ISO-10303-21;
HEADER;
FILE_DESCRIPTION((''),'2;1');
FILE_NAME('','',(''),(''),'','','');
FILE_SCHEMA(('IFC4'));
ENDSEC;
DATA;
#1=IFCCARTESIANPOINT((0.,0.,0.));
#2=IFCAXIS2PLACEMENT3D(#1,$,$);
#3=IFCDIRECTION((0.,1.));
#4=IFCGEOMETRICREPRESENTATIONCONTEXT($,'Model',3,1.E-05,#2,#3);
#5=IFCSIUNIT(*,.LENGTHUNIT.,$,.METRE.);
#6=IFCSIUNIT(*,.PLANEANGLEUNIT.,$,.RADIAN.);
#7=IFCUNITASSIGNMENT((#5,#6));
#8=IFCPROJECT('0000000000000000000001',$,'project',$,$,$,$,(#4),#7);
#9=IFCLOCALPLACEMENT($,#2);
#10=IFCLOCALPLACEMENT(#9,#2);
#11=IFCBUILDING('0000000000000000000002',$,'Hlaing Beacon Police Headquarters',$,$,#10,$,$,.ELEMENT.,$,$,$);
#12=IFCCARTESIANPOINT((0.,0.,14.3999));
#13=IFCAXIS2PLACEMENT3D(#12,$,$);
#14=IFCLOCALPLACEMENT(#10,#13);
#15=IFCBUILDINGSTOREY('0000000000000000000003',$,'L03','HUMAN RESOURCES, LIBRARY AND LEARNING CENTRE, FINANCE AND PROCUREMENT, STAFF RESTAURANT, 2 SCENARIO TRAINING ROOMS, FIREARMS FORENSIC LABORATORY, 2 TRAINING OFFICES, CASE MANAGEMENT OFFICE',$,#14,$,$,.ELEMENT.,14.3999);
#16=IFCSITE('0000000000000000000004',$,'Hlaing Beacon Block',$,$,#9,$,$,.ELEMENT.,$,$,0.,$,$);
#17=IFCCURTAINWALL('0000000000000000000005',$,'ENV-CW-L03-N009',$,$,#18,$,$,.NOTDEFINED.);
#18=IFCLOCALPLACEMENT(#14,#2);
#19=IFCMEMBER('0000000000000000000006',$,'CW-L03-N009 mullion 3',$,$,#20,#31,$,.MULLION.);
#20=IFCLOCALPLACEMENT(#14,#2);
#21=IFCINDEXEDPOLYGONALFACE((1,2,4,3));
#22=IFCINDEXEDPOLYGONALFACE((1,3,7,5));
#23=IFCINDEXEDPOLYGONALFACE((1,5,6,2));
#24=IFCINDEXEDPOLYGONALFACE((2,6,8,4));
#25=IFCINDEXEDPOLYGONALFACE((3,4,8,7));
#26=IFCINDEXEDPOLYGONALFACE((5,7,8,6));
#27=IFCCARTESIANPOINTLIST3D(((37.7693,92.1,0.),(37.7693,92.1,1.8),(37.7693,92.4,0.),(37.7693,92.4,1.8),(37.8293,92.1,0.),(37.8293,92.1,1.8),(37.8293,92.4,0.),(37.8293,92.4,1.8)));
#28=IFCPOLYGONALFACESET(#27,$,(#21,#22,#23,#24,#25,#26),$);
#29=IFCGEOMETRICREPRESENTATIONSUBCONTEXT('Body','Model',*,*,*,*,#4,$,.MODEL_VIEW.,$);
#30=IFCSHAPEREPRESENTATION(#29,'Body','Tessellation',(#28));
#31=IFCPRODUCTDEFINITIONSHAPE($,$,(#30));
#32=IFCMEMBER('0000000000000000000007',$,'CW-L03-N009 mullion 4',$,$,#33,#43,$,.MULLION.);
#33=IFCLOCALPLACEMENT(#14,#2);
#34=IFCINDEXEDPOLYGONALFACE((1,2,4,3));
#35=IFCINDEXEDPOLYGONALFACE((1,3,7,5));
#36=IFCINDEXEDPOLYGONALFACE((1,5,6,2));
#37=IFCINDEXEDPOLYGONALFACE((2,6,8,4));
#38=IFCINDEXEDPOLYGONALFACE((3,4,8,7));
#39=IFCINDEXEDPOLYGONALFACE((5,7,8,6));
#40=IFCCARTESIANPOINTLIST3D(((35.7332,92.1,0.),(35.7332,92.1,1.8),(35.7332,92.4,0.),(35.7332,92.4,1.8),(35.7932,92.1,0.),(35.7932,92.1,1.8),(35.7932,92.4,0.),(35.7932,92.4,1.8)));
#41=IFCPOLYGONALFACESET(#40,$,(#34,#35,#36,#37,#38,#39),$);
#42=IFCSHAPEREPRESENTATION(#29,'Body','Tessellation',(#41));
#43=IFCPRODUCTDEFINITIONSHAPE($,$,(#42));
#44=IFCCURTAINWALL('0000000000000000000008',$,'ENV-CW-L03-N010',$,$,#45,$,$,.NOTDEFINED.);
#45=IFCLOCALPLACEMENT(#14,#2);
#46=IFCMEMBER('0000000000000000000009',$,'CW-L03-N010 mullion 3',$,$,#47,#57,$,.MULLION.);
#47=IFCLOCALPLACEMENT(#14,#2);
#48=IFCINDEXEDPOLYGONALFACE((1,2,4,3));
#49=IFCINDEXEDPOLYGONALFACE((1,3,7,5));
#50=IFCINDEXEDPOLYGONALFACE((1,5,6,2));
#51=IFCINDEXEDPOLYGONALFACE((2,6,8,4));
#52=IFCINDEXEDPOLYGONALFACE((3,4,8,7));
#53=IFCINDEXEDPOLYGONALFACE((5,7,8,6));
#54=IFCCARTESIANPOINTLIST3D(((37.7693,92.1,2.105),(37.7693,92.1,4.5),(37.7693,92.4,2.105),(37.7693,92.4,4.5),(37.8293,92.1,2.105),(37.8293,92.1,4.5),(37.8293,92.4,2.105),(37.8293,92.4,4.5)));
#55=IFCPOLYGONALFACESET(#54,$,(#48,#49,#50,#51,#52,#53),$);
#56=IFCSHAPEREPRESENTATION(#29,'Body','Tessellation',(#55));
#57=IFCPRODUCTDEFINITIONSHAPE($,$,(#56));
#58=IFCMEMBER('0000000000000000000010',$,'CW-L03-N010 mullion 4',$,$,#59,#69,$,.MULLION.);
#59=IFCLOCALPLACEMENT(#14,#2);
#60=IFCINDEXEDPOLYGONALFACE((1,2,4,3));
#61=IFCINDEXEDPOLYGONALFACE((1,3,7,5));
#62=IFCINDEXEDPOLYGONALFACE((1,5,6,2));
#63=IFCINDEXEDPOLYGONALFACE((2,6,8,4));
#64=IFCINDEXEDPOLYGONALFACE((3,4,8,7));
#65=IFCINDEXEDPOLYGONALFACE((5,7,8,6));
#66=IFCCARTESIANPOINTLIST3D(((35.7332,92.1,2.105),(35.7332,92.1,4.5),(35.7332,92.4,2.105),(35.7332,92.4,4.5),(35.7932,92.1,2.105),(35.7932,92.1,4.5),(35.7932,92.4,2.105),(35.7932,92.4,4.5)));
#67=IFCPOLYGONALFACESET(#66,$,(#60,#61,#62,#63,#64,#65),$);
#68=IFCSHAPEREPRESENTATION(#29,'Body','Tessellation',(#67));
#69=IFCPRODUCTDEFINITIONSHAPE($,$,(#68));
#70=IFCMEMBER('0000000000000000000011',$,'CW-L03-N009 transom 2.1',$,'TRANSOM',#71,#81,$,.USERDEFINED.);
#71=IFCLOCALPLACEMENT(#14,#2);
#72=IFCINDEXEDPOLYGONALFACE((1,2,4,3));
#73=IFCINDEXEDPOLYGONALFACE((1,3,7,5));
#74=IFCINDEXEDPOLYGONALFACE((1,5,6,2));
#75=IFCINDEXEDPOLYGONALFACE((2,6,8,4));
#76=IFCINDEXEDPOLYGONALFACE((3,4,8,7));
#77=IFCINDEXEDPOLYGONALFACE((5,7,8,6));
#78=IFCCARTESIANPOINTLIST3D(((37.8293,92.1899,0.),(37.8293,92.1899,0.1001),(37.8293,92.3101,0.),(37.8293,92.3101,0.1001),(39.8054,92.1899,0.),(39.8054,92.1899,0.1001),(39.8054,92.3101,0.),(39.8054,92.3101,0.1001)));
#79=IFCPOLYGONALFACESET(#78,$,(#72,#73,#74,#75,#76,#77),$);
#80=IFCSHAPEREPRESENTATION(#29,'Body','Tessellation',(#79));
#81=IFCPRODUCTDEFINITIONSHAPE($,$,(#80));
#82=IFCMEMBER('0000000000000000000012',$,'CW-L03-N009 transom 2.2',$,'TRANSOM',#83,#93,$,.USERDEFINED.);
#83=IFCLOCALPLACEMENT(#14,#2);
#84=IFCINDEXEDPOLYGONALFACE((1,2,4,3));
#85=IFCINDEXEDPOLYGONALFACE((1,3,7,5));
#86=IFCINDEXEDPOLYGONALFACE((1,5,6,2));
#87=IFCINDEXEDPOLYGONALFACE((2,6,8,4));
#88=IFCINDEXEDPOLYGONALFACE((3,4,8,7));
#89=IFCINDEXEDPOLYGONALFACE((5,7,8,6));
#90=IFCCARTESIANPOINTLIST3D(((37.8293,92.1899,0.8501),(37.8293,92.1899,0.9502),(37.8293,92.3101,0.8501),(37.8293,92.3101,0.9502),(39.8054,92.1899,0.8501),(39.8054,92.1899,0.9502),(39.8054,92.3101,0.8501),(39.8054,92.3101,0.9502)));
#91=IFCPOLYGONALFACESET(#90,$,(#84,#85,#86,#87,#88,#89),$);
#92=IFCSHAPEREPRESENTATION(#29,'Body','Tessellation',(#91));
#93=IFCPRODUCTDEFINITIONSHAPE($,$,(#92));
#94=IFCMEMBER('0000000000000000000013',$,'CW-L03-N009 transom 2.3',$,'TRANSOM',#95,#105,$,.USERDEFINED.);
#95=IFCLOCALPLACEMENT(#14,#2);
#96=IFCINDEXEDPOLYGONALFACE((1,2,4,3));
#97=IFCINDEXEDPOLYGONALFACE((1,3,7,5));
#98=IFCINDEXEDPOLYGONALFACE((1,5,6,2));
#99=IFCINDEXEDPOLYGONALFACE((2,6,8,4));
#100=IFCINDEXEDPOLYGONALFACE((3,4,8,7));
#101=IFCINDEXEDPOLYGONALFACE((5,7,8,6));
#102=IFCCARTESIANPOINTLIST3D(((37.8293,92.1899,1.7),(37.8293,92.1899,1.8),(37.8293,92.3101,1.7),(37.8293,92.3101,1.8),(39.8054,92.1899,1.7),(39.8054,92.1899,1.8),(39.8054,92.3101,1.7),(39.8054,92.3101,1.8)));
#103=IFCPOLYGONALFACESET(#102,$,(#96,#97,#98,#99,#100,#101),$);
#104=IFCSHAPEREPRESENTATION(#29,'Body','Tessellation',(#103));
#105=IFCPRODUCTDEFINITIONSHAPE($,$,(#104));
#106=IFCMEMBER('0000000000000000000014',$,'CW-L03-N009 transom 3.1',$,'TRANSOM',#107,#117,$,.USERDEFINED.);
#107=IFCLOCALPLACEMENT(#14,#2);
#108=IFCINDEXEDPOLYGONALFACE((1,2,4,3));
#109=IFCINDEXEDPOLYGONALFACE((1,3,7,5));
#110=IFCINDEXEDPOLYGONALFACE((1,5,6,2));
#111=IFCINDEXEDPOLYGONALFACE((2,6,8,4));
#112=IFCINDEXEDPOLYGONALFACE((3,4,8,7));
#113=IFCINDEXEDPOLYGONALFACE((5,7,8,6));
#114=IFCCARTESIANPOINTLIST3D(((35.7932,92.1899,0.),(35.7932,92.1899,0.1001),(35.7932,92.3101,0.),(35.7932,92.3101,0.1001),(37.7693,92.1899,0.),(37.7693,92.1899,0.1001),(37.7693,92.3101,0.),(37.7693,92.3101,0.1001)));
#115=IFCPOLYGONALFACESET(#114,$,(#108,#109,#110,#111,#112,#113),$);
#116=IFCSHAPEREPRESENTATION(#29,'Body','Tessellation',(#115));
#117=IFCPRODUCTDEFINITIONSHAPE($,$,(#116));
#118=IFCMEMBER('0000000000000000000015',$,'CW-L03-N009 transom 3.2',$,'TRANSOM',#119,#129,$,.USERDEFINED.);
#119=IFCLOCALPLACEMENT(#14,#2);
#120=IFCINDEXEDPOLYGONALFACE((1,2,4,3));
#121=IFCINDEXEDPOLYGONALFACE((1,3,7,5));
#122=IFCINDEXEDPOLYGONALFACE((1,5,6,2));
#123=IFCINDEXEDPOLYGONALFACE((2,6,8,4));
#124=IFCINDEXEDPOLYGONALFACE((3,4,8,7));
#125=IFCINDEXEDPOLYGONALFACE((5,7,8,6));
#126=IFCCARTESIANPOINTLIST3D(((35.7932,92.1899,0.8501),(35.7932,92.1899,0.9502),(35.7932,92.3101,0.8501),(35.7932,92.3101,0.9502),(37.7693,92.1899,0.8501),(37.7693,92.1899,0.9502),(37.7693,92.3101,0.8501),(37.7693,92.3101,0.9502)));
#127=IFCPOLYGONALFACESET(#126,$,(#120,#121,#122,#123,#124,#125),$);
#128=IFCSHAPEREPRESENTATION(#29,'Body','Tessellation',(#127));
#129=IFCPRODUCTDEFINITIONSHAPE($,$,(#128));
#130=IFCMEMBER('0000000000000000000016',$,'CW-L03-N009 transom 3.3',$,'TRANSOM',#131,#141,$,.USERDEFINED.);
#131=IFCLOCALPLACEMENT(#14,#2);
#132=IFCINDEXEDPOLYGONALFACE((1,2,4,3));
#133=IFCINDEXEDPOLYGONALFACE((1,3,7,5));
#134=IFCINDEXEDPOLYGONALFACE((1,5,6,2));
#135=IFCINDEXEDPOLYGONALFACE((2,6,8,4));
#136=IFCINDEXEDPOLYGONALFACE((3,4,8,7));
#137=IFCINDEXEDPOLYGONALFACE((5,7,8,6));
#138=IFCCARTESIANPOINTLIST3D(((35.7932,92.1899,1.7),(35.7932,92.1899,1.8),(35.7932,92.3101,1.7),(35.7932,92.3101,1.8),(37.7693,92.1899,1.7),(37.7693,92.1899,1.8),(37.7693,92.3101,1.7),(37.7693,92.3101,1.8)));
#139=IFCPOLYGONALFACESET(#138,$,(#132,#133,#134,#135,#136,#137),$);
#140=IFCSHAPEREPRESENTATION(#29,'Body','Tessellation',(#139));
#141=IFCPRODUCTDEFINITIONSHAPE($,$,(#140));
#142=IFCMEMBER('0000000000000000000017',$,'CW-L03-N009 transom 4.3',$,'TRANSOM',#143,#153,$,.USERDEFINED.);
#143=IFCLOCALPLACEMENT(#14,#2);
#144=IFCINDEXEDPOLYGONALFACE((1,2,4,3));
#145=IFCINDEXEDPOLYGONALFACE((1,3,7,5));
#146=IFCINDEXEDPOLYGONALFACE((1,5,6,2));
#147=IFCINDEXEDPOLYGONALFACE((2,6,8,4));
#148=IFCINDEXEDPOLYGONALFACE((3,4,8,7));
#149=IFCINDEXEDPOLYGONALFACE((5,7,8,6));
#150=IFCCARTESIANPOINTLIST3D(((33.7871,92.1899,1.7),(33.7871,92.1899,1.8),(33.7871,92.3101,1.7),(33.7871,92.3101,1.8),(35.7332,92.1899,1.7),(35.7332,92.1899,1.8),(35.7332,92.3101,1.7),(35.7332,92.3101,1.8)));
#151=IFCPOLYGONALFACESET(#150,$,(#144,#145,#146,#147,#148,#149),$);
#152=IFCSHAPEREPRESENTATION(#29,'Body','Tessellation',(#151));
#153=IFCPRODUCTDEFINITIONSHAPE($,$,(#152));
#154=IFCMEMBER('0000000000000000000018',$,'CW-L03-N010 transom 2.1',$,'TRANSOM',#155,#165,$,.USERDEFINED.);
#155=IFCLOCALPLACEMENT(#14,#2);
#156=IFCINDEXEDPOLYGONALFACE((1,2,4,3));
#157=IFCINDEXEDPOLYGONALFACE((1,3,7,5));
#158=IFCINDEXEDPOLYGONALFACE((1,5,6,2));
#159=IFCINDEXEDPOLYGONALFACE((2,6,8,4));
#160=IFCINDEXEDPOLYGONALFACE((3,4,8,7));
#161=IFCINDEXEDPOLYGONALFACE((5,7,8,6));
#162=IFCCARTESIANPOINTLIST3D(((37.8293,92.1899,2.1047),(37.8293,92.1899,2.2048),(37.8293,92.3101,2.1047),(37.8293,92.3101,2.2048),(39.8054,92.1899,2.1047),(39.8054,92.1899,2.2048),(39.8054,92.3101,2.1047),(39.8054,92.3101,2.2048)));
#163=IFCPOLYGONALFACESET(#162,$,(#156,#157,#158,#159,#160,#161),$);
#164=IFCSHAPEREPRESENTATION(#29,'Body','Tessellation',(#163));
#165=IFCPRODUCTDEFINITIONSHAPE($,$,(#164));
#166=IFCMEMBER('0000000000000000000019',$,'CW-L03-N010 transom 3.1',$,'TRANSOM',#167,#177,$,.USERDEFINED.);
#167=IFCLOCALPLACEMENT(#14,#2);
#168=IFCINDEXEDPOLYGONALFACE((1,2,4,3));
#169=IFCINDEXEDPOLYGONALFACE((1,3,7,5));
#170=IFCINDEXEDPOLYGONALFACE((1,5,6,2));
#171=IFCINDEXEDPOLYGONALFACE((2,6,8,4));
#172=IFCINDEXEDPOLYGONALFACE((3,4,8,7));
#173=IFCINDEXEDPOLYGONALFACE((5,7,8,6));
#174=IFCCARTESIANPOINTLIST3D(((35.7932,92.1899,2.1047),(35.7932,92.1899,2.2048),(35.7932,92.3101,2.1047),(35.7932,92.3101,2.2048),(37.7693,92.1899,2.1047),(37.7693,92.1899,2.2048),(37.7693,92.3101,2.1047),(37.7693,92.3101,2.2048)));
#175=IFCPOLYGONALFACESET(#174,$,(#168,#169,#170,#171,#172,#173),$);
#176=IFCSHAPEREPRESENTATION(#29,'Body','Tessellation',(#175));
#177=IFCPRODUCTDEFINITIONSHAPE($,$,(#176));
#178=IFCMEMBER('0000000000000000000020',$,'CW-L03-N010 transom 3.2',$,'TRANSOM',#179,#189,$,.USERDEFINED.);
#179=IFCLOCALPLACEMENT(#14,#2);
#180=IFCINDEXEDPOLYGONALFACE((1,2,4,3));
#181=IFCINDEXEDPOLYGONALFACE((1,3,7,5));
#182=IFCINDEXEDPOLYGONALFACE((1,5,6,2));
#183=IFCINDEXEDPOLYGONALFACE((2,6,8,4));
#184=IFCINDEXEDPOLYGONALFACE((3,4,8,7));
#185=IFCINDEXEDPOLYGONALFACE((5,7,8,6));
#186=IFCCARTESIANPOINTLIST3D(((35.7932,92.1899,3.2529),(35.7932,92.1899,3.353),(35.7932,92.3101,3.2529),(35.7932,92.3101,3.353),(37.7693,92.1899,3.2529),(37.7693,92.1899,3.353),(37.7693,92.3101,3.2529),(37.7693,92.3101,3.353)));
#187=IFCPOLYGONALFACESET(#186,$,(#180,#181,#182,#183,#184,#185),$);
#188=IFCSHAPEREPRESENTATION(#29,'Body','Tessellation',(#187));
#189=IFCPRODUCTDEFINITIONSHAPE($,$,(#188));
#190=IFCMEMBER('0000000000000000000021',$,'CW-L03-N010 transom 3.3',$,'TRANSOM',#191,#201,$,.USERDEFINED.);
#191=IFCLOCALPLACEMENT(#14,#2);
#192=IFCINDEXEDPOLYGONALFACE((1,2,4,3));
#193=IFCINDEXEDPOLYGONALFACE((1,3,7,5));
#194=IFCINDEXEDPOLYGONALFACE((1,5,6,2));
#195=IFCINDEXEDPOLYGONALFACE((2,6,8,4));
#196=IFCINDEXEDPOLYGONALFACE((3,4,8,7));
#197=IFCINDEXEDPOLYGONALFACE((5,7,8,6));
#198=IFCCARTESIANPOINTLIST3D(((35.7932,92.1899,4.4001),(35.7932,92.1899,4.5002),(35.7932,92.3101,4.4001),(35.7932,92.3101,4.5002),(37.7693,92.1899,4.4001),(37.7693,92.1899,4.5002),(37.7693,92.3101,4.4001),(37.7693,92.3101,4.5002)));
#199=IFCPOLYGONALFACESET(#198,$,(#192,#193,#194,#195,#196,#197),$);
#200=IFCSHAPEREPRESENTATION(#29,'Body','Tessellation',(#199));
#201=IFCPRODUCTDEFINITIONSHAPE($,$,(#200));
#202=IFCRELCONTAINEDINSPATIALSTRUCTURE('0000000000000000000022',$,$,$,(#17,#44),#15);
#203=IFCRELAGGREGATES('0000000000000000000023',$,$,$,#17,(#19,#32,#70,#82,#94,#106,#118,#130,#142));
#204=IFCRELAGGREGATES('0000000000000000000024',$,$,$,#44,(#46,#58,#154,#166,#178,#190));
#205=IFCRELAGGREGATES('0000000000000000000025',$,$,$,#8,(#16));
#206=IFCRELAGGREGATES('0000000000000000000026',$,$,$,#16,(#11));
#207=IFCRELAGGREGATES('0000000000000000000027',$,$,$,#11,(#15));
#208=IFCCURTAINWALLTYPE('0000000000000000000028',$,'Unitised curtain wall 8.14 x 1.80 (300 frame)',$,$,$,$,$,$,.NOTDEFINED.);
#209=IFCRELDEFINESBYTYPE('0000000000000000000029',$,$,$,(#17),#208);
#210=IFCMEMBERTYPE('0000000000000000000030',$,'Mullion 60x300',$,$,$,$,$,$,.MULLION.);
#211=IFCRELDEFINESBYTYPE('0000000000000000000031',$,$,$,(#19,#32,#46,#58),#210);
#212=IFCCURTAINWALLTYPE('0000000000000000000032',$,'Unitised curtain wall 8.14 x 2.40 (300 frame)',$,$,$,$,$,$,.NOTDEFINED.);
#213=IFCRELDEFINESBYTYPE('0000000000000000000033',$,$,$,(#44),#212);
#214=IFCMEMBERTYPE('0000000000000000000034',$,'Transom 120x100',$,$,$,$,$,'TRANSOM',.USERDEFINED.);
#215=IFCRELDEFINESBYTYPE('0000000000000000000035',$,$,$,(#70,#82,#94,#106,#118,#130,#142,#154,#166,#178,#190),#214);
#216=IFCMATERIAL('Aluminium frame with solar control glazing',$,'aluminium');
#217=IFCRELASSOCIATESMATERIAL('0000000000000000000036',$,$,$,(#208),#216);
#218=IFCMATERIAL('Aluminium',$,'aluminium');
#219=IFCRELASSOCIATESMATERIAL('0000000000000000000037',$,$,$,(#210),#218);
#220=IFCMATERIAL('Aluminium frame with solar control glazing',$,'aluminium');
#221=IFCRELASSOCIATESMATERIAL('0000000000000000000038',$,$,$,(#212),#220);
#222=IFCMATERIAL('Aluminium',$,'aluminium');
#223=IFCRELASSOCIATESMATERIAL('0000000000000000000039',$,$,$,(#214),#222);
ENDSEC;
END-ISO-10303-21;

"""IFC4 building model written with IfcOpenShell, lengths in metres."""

from ifc_helpers import new_model, si_unit, direction, frame, origin, origin_2d, place, context, subcontext, project, spatial, rectangle, extrude, material, material_profile, profile_set, type_object, element, aggregate, save


model = new_model("IFC4")

# Units and contexts
model_context = context("Model", 3, precision=1e-05, world=origin(), true_north=direction((0.0, 1.0)))
body_context = subcontext(model_context, "Body", "Model", "MODEL_VIEW")
ifc_project = project(units=[si_unit("LENGTHUNIT", "METRE"), si_unit("PLANEANGLEUNIT", "RADIAN")], contexts=[model_context])

# Site, building, storey
site_placement = place(None, origin())
site = spatial("IfcSite", under=ifc_project, at=site_placement, Name="Hlaing Beacon Block", CompositionType="ELEMENT", RefElevation=0.0)
building_placement = place(site_placement, origin())
building = spatial("IfcBuilding", under=site, at=building_placement, Name="Hlaing Beacon Police Headquarters", CompositionType="ELEMENT")
storey_placement = place(building_placement, frame((0.0, 0.0, 14.3999)))
storey = spatial("IfcBuildingStorey", under=building, at=storey_placement, Name="L03", Description="HUMAN RESOURCES, LIBRARY AND LEARNING CENTRE, FINANCE AND PROCUREMENT, STAFF RESTAURANT, 2 SCENARIO TRAINING ROOMS, FIREARMS FORENSIC LABORATORY, 2 TRAINING OFFICES, CASE MANAGEMENT OFFICE", CompositionType="ELEMENT", Elevation=14.3999)

# Curtain walls, members
ifc_material_1 = material(Name="Aluminium frame with solar control glazing", Category="aluminium")
curtain_wall_type_1 = type_object("IfcCurtainWallType", Name="Unitised curtain wall 8.14 x 1.80 (300 frame)", PredefinedType="NOTDEFINED", material=ifc_material_1)
curtain_wall_1_placement = place(storey_placement, origin())
curtain_wall_1 = element("IfcCurtainWall", 1, at=curtain_wall_1_placement, inside=storey, type_object=curtain_wall_type_1, Name="ENV-CW-L03-N009", PredefinedType="NOTDEFINED")
ifc_material_2 = material(Name="Aluminium", Category="aluminium")
ifc_material_profile_1 = material_profile(ifc_material_2, rectangle(XDim=0.3, YDim=0.0601, at=origin_2d()), Name="Mullion 60x300")
ifc_profile_set_1 = profile_set([ifc_material_profile_1], Name="Aluminium")
member_type_1 = type_object("IfcMemberType", Name="Mullion 60x300", PredefinedType="MULLION", material=ifc_profile_set_1)
member_1_placement = place(storey_placement, frame((37.7993, 92.25, 0.0), z_axis=(0.0, 0.0, 1.0), x_axis=(0.0, -1.0, 0.0)))
member_1 = element("IfcMember", 2, at=member_1_placement, type_object=member_type_1, Name="CW-L03-N009 mullion 3", PredefinedType="MULLION", context=body_context, shape_type="SweptSolid", body=[
    extrude(rectangle(XDim=0.3, YDim=0.0601, at=origin_2d()), origin(), (0.0, 0.0, 1.0), 1.8),
])
member_2_placement = place(storey_placement, frame((35.7632, 92.25, 0.0), z_axis=(0.0, 0.0, 1.0), x_axis=(0.0, -1.0, 0.0)))
member_2 = element("IfcMember", 3, at=member_2_placement, type_object=member_type_1, Name="CW-L03-N009 mullion 4", PredefinedType="MULLION", context=body_context, shape_type="SweptSolid", body=[
    extrude(rectangle(XDim=0.3, YDim=0.0601, at=origin_2d()), origin(), (0.0, 0.0, 1.0), 1.8),
])
ifc_material_3 = material(Name="Aluminium frame with solar control glazing", Category="aluminium")
curtain_wall_type_2 = type_object("IfcCurtainWallType", Name="Unitised curtain wall 8.14 x 2.40 (300 frame)", PredefinedType="NOTDEFINED", material=ifc_material_3)
curtain_wall_2_placement = place(storey_placement, origin())
curtain_wall_2 = element("IfcCurtainWall", 4, at=curtain_wall_2_placement, inside=storey, type_object=curtain_wall_type_2, Name="ENV-CW-L03-N010", PredefinedType="NOTDEFINED")
member_3_placement = place(storey_placement, frame((37.7993, 92.25, 2.105), z_axis=(0.0, 0.0, 1.0), x_axis=(0.0, -1.0, 0.0)))
member_3 = element("IfcMember", 5, at=member_3_placement, type_object=member_type_1, Name="CW-L03-N010 mullion 3", PredefinedType="MULLION", context=body_context, shape_type="SweptSolid", body=[
    extrude(rectangle(XDim=0.3, YDim=0.0601, at=origin_2d()), origin(), (0.0, 0.0, 1.0), 2.395),
])
member_4_placement = place(storey_placement, frame((35.7632, 92.25, 2.105), z_axis=(0.0, 0.0, 1.0), x_axis=(0.0, -1.0, 0.0)))
member_4 = element("IfcMember", 6, at=member_4_placement, type_object=member_type_1, Name="CW-L03-N010 mullion 4", PredefinedType="MULLION", context=body_context, shape_type="SweptSolid", body=[
    extrude(rectangle(XDim=0.3, YDim=0.0601, at=origin_2d()), origin(), (0.0, 0.0, 1.0), 2.395),
])

# Members
ifc_material_4 = material(Name="Aluminium", Category="aluminium")
ifc_material_profile_2 = material_profile(ifc_material_4, rectangle(XDim=0.1201, YDim=0.1001, at=origin_2d()), Name="Transom 120x100")
ifc_profile_set_2 = profile_set([ifc_material_profile_2], Name="Aluminium")
member_type_2 = type_object("IfcMemberType", Name="Transom 120x100", ElementType="TRANSOM", PredefinedType="USERDEFINED", material=ifc_profile_set_2)
member_5_placement = place(storey_placement, frame((39.8054, 92.25, 0.05), z_axis=(-1.0, 0.0, 0.0), x_axis=(0.0, -1.0, 0.0)))
member_5 = element("IfcMember", 7, at=member_5_placement, type_object=member_type_2, Name="CW-L03-N009 transom 2.1", ObjectType="TRANSOM", PredefinedType="USERDEFINED", context=body_context, shape_type="SweptSolid", body=[
    extrude(rectangle(XDim=0.1201, YDim=0.1001, at=origin_2d()), origin(), (0.0, 0.0, 1.0), 1.9761),
])
member_6_placement = place(storey_placement, frame((39.8054, 92.25, 0.9001), z_axis=(-1.0, 0.0, 0.0), x_axis=(0.0, -1.0, 0.0)))
member_6 = element("IfcMember", 8, at=member_6_placement, type_object=member_type_2, Name="CW-L03-N009 transom 2.2", ObjectType="TRANSOM", PredefinedType="USERDEFINED", context=body_context, shape_type="SweptSolid", body=[
    extrude(rectangle(XDim=0.1201, YDim=0.1001, at=origin_2d()), origin(), (0.0, 0.0, 1.0), 1.9761),
])
member_7_placement = place(storey_placement, frame((39.8054, 92.25, 1.75), z_axis=(-1.0, 0.0, 0.0), x_axis=(0.0, -1.0, 0.0)))
member_7 = element("IfcMember", 9, at=member_7_placement, type_object=member_type_2, Name="CW-L03-N009 transom 2.3", ObjectType="TRANSOM", PredefinedType="USERDEFINED", context=body_context, shape_type="SweptSolid", body=[
    extrude(rectangle(XDim=0.1201, YDim=0.1001, at=origin_2d()), origin(), (0.0, 0.0, 1.0), 1.9761),
])
member_8_placement = place(storey_placement, frame((37.7693, 92.25, 0.05), z_axis=(-1.0, 0.0, 0.0), x_axis=(0.0, -1.0, 0.0)))
member_8 = element("IfcMember", 10, at=member_8_placement, type_object=member_type_2, Name="CW-L03-N009 transom 3.1", ObjectType="TRANSOM", PredefinedType="USERDEFINED", context=body_context, shape_type="SweptSolid", body=[
    extrude(rectangle(XDim=0.1201, YDim=0.1001, at=origin_2d()), origin(), (0.0, 0.0, 1.0), 1.9761),
])
member_9_placement = place(storey_placement, frame((37.7693, 92.25, 0.9001), z_axis=(-1.0, 0.0, 0.0), x_axis=(0.0, -1.0, 0.0)))
member_9 = element("IfcMember", 11, at=member_9_placement, type_object=member_type_2, Name="CW-L03-N009 transom 3.2", ObjectType="TRANSOM", PredefinedType="USERDEFINED", context=body_context, shape_type="SweptSolid", body=[
    extrude(rectangle(XDim=0.1201, YDim=0.1001, at=origin_2d()), origin(), (0.0, 0.0, 1.0), 1.9761),
])
member_10_placement = place(storey_placement, frame((37.7693, 92.25, 1.75), z_axis=(-1.0, 0.0, 0.0), x_axis=(0.0, -1.0, 0.0)))
member_10 = element("IfcMember", 12, at=member_10_placement, type_object=member_type_2, Name="CW-L03-N009 transom 3.3", ObjectType="TRANSOM", PredefinedType="USERDEFINED", context=body_context, shape_type="SweptSolid", body=[
    extrude(rectangle(XDim=0.1201, YDim=0.1001, at=origin_2d()), origin(), (0.0, 0.0, 1.0), 1.9761),
])
member_11_placement = place(storey_placement, frame((35.7332, 92.25, 1.75), z_axis=(-1.0, 0.0, 0.0), x_axis=(0.0, -1.0, 0.0)))
member_11 = element("IfcMember", 13, at=member_11_placement, type_object=member_type_2, Name="CW-L03-N009 transom 4.3", ObjectType="TRANSOM", PredefinedType="USERDEFINED", context=body_context, shape_type="SweptSolid", body=[
    extrude(rectangle(XDim=0.1201, YDim=0.1001, at=origin_2d()), origin(), (0.0, 0.0, 1.0), 1.946),
])
member_12_placement = place(storey_placement, frame((39.8054, 92.25, 2.1548), z_axis=(-1.0, 0.0, 0.0), x_axis=(0.0, -1.0, 0.0)))
member_12 = element("IfcMember", 14, at=member_12_placement, type_object=member_type_2, Name="CW-L03-N010 transom 2.1", ObjectType="TRANSOM", PredefinedType="USERDEFINED", context=body_context, shape_type="SweptSolid", body=[
    extrude(rectangle(XDim=0.1201, YDim=0.1001, at=origin_2d()), origin(), (0.0, 0.0, 1.0), 1.9761),
])
member_13_placement = place(storey_placement, frame((37.7693, 92.25, 2.1548), z_axis=(-1.0, 0.0, 0.0), x_axis=(0.0, -1.0, 0.0)))
member_13 = element("IfcMember", 15, at=member_13_placement, type_object=member_type_2, Name="CW-L03-N010 transom 3.1", ObjectType="TRANSOM", PredefinedType="USERDEFINED", context=body_context, shape_type="SweptSolid", body=[
    extrude(rectangle(XDim=0.1201, YDim=0.1001, at=origin_2d()), origin(), (0.0, 0.0, 1.0), 1.9761),
])
member_14_placement = place(storey_placement, frame((37.7693, 92.25, 3.303), z_axis=(-1.0, 0.0, 0.0), x_axis=(0.0, -1.0, 0.0)))
member_14 = element("IfcMember", 16, at=member_14_placement, type_object=member_type_2, Name="CW-L03-N010 transom 3.2", ObjectType="TRANSOM", PredefinedType="USERDEFINED", context=body_context, shape_type="SweptSolid", body=[
    extrude(rectangle(XDim=0.1201, YDim=0.1001, at=origin_2d()), origin(), (0.0, 0.0, 1.0), 1.9761),
])
member_15_placement = place(storey_placement, frame((37.7693, 92.25, 4.4502), z_axis=(-1.0, 0.0, 0.0), x_axis=(0.0, -1.0, 0.0)))
member_15 = element("IfcMember", 17, at=member_15_placement, type_object=member_type_2, Name="CW-L03-N010 transom 3.3", ObjectType="TRANSOM", PredefinedType="USERDEFINED", context=body_context, shape_type="SweptSolid", body=[
    extrude(rectangle(XDim=0.1201, YDim=0.1001, at=origin_2d()), origin(), (0.0, 0.0, 1.0), 1.9761),
])

aggregate(curtain_wall_1, [member_1, member_2, member_5, member_6, member_7, member_8, member_9, member_10, member_11])
aggregate(curtain_wall_2, [member_3, member_4, member_12, member_13, member_14, member_15])

save(model, "model.ifc")
